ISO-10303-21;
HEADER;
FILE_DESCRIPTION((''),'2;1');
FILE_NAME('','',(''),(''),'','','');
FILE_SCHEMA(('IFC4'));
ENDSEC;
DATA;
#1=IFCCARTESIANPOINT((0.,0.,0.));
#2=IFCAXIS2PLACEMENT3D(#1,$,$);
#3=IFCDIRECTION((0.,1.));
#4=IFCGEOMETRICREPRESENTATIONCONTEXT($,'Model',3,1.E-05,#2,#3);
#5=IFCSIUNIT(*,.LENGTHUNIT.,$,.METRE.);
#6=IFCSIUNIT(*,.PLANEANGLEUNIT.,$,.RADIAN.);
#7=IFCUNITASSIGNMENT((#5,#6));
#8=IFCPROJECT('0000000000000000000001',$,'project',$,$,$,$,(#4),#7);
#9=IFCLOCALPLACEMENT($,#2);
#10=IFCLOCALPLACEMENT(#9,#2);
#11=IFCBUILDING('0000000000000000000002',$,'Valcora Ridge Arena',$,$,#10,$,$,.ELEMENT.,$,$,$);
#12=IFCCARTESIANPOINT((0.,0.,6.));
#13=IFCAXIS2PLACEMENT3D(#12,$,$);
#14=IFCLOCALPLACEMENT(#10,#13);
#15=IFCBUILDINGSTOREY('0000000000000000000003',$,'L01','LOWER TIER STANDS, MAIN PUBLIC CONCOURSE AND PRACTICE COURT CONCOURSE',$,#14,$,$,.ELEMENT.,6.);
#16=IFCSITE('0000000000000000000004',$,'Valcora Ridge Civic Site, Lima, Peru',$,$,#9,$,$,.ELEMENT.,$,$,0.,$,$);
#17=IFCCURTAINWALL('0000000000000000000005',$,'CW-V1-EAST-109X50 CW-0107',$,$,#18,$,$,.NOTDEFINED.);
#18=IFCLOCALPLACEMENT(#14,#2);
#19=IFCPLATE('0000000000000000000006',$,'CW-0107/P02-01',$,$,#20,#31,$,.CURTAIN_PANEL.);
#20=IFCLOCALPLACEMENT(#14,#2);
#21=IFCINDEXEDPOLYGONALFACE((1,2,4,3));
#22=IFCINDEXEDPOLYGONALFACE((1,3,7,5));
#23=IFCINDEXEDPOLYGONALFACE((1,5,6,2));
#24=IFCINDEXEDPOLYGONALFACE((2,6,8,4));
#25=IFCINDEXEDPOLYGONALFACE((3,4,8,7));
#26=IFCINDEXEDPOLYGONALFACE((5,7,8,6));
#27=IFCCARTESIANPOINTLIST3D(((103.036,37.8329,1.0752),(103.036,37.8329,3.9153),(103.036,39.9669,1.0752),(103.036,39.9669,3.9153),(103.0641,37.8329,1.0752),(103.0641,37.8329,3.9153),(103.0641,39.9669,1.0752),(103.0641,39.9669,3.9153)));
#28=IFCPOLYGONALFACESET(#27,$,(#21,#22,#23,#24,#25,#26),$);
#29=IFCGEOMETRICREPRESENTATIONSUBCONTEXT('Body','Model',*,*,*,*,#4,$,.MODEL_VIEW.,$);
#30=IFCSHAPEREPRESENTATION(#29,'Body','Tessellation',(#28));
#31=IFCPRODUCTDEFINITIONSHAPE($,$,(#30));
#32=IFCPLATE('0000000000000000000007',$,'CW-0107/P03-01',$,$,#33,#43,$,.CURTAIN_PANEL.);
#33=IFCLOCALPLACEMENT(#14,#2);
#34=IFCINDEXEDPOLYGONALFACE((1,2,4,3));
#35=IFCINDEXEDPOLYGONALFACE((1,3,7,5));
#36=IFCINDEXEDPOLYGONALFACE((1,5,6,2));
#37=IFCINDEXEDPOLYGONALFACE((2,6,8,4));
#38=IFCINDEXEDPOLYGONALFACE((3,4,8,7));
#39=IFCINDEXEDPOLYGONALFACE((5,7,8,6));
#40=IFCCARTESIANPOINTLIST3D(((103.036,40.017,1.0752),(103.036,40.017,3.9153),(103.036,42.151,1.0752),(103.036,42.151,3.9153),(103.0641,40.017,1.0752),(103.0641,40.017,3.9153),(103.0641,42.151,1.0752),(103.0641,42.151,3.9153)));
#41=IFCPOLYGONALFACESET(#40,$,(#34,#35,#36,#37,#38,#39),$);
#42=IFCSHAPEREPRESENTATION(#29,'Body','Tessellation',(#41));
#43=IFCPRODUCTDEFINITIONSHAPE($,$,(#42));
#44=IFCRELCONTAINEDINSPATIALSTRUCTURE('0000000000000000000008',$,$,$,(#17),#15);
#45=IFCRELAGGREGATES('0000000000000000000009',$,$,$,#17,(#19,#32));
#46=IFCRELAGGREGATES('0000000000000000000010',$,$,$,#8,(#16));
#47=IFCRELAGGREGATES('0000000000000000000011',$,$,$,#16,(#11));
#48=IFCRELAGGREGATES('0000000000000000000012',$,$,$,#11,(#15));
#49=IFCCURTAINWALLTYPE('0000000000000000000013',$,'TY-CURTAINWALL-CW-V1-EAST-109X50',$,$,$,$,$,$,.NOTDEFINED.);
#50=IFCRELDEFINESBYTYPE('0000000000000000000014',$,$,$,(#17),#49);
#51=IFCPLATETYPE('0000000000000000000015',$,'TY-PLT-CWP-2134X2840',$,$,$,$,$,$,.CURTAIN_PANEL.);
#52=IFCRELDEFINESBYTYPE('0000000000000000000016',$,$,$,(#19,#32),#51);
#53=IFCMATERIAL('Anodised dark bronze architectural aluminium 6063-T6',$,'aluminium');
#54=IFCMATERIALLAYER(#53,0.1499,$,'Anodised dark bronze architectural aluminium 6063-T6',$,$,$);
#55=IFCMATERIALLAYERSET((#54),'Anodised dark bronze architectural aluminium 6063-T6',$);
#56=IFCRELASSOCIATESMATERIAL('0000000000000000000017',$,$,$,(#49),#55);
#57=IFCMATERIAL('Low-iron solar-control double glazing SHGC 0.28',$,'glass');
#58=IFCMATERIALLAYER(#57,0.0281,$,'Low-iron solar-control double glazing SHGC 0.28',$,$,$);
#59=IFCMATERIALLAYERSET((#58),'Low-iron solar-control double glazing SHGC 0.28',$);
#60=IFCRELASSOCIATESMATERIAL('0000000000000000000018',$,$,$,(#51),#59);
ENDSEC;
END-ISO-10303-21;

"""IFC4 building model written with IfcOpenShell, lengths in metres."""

from ifc_helpers import new_model, si_unit, direction, frame, origin, origin_2d, place, context, subcontext, project, spatial, rectangle, extrude, material, layer, layer_set, type_object, element, aggregate, save


model = new_model("IFC4")

# Units and contexts
model_context = context("Model", 3, precision=1e-05, world=origin(), true_north=direction((0.0, 1.0)))
body_context = subcontext(model_context, "Body", "Model", "MODEL_VIEW")
ifc_project = project(units=[si_unit("LENGTHUNIT", "METRE"), si_unit("PLANEANGLEUNIT", "RADIAN")], contexts=[model_context])

# Site, building, storey
site_placement = place(None, origin())
site = spatial("IfcSite", under=ifc_project, at=site_placement, Name="Valcora Ridge Civic Site, Lima, Peru", CompositionType="ELEMENT", RefElevation=0.0)
building_placement = place(site_placement, origin())
building = spatial("IfcBuilding", under=site, at=building_placement, Name="Valcora Ridge Arena", CompositionType="ELEMENT")
storey_placement = place(building_placement, frame((0.0, 0.0, 6.0)))
storey = spatial("IfcBuildingStorey", under=building, at=storey_placement, Name="L01", Description="LOWER TIER STANDS, MAIN PUBLIC CONCOURSE AND PRACTICE COURT CONCOURSE", CompositionType="ELEMENT", Elevation=6.0)

# Curtain wall
ifc_material_1 = material(Name="Anodised dark bronze architectural aluminium 6063-T6", Category="aluminium")
ifc_layer_1 = layer(ifc_material_1, 0.1499, Name="Anodised dark bronze architectural aluminium 6063-T6")
ifc_layer_set_1 = layer_set([ifc_layer_1], Name="Anodised dark bronze architectural aluminium 6063-T6")
curtain_wall_type = type_object("IfcCurtainWallType", Name="TY-CURTAINWALL-CW-V1-EAST-109X50", PredefinedType="NOTDEFINED", material=ifc_layer_set_1)
curtain_wall_placement = place(storey_placement, origin())
curtain_wall = element("IfcCurtainWall", 1, at=curtain_wall_placement, inside=storey, type_object=curtain_wall_type, Name="CW-V1-EAST-109X50 CW-0107", PredefinedType="NOTDEFINED")

# Plates
ifc_material_2 = material(Name="Low-iron solar-control double glazing SHGC 0.28", Category="glass")
ifc_layer_2 = layer(ifc_material_2, 0.0281, Name="Low-iron solar-control double glazing SHGC 0.28")
ifc_layer_set_2 = layer_set([ifc_layer_2], Name="Low-iron solar-control double glazing SHGC 0.28")
plate_type_1 = type_object("IfcPlateType", Name="TY-PLT-CWP-2134X2840", PredefinedType="CURTAIN_PANEL", material=ifc_layer_set_2)
plate_1_placement = place(storey_placement, frame((103.05, 38.8999, 1.0752), z_axis=(0.0, 0.0, 1.0), x_axis=(0.0, 1.0, 0.0)))
plate_1 = element("IfcPlate", 2, at=plate_1_placement, type_object=plate_type_1, Name="CW-0107/P02-01", PredefinedType="CURTAIN_PANEL", context=body_context, shape_type="SweptSolid", body=[
    extrude(rectangle(XDim=2.134, YDim=0.0281, at=origin_2d()), origin(), (0.0, 0.0, 1.0), 2.8401),
])
plate_2_placement = place(storey_placement, frame((103.05, 41.084, 1.0752), z_axis=(0.0, 0.0, 1.0), x_axis=(0.0, 1.0, 0.0)))
plate_2 = element("IfcPlate", 3, at=plate_2_placement, type_object=plate_type_1, Name="CW-0107/P03-01", PredefinedType="CURTAIN_PANEL", context=body_context, shape_type="SweptSolid", body=[
    extrude(rectangle(XDim=2.134, YDim=0.0281, at=origin_2d()), origin(), (0.0, 0.0, 1.0), 2.8401),
])
aggregate(curtain_wall, [plate_1, plate_2])

save(model, "model.ifc")
